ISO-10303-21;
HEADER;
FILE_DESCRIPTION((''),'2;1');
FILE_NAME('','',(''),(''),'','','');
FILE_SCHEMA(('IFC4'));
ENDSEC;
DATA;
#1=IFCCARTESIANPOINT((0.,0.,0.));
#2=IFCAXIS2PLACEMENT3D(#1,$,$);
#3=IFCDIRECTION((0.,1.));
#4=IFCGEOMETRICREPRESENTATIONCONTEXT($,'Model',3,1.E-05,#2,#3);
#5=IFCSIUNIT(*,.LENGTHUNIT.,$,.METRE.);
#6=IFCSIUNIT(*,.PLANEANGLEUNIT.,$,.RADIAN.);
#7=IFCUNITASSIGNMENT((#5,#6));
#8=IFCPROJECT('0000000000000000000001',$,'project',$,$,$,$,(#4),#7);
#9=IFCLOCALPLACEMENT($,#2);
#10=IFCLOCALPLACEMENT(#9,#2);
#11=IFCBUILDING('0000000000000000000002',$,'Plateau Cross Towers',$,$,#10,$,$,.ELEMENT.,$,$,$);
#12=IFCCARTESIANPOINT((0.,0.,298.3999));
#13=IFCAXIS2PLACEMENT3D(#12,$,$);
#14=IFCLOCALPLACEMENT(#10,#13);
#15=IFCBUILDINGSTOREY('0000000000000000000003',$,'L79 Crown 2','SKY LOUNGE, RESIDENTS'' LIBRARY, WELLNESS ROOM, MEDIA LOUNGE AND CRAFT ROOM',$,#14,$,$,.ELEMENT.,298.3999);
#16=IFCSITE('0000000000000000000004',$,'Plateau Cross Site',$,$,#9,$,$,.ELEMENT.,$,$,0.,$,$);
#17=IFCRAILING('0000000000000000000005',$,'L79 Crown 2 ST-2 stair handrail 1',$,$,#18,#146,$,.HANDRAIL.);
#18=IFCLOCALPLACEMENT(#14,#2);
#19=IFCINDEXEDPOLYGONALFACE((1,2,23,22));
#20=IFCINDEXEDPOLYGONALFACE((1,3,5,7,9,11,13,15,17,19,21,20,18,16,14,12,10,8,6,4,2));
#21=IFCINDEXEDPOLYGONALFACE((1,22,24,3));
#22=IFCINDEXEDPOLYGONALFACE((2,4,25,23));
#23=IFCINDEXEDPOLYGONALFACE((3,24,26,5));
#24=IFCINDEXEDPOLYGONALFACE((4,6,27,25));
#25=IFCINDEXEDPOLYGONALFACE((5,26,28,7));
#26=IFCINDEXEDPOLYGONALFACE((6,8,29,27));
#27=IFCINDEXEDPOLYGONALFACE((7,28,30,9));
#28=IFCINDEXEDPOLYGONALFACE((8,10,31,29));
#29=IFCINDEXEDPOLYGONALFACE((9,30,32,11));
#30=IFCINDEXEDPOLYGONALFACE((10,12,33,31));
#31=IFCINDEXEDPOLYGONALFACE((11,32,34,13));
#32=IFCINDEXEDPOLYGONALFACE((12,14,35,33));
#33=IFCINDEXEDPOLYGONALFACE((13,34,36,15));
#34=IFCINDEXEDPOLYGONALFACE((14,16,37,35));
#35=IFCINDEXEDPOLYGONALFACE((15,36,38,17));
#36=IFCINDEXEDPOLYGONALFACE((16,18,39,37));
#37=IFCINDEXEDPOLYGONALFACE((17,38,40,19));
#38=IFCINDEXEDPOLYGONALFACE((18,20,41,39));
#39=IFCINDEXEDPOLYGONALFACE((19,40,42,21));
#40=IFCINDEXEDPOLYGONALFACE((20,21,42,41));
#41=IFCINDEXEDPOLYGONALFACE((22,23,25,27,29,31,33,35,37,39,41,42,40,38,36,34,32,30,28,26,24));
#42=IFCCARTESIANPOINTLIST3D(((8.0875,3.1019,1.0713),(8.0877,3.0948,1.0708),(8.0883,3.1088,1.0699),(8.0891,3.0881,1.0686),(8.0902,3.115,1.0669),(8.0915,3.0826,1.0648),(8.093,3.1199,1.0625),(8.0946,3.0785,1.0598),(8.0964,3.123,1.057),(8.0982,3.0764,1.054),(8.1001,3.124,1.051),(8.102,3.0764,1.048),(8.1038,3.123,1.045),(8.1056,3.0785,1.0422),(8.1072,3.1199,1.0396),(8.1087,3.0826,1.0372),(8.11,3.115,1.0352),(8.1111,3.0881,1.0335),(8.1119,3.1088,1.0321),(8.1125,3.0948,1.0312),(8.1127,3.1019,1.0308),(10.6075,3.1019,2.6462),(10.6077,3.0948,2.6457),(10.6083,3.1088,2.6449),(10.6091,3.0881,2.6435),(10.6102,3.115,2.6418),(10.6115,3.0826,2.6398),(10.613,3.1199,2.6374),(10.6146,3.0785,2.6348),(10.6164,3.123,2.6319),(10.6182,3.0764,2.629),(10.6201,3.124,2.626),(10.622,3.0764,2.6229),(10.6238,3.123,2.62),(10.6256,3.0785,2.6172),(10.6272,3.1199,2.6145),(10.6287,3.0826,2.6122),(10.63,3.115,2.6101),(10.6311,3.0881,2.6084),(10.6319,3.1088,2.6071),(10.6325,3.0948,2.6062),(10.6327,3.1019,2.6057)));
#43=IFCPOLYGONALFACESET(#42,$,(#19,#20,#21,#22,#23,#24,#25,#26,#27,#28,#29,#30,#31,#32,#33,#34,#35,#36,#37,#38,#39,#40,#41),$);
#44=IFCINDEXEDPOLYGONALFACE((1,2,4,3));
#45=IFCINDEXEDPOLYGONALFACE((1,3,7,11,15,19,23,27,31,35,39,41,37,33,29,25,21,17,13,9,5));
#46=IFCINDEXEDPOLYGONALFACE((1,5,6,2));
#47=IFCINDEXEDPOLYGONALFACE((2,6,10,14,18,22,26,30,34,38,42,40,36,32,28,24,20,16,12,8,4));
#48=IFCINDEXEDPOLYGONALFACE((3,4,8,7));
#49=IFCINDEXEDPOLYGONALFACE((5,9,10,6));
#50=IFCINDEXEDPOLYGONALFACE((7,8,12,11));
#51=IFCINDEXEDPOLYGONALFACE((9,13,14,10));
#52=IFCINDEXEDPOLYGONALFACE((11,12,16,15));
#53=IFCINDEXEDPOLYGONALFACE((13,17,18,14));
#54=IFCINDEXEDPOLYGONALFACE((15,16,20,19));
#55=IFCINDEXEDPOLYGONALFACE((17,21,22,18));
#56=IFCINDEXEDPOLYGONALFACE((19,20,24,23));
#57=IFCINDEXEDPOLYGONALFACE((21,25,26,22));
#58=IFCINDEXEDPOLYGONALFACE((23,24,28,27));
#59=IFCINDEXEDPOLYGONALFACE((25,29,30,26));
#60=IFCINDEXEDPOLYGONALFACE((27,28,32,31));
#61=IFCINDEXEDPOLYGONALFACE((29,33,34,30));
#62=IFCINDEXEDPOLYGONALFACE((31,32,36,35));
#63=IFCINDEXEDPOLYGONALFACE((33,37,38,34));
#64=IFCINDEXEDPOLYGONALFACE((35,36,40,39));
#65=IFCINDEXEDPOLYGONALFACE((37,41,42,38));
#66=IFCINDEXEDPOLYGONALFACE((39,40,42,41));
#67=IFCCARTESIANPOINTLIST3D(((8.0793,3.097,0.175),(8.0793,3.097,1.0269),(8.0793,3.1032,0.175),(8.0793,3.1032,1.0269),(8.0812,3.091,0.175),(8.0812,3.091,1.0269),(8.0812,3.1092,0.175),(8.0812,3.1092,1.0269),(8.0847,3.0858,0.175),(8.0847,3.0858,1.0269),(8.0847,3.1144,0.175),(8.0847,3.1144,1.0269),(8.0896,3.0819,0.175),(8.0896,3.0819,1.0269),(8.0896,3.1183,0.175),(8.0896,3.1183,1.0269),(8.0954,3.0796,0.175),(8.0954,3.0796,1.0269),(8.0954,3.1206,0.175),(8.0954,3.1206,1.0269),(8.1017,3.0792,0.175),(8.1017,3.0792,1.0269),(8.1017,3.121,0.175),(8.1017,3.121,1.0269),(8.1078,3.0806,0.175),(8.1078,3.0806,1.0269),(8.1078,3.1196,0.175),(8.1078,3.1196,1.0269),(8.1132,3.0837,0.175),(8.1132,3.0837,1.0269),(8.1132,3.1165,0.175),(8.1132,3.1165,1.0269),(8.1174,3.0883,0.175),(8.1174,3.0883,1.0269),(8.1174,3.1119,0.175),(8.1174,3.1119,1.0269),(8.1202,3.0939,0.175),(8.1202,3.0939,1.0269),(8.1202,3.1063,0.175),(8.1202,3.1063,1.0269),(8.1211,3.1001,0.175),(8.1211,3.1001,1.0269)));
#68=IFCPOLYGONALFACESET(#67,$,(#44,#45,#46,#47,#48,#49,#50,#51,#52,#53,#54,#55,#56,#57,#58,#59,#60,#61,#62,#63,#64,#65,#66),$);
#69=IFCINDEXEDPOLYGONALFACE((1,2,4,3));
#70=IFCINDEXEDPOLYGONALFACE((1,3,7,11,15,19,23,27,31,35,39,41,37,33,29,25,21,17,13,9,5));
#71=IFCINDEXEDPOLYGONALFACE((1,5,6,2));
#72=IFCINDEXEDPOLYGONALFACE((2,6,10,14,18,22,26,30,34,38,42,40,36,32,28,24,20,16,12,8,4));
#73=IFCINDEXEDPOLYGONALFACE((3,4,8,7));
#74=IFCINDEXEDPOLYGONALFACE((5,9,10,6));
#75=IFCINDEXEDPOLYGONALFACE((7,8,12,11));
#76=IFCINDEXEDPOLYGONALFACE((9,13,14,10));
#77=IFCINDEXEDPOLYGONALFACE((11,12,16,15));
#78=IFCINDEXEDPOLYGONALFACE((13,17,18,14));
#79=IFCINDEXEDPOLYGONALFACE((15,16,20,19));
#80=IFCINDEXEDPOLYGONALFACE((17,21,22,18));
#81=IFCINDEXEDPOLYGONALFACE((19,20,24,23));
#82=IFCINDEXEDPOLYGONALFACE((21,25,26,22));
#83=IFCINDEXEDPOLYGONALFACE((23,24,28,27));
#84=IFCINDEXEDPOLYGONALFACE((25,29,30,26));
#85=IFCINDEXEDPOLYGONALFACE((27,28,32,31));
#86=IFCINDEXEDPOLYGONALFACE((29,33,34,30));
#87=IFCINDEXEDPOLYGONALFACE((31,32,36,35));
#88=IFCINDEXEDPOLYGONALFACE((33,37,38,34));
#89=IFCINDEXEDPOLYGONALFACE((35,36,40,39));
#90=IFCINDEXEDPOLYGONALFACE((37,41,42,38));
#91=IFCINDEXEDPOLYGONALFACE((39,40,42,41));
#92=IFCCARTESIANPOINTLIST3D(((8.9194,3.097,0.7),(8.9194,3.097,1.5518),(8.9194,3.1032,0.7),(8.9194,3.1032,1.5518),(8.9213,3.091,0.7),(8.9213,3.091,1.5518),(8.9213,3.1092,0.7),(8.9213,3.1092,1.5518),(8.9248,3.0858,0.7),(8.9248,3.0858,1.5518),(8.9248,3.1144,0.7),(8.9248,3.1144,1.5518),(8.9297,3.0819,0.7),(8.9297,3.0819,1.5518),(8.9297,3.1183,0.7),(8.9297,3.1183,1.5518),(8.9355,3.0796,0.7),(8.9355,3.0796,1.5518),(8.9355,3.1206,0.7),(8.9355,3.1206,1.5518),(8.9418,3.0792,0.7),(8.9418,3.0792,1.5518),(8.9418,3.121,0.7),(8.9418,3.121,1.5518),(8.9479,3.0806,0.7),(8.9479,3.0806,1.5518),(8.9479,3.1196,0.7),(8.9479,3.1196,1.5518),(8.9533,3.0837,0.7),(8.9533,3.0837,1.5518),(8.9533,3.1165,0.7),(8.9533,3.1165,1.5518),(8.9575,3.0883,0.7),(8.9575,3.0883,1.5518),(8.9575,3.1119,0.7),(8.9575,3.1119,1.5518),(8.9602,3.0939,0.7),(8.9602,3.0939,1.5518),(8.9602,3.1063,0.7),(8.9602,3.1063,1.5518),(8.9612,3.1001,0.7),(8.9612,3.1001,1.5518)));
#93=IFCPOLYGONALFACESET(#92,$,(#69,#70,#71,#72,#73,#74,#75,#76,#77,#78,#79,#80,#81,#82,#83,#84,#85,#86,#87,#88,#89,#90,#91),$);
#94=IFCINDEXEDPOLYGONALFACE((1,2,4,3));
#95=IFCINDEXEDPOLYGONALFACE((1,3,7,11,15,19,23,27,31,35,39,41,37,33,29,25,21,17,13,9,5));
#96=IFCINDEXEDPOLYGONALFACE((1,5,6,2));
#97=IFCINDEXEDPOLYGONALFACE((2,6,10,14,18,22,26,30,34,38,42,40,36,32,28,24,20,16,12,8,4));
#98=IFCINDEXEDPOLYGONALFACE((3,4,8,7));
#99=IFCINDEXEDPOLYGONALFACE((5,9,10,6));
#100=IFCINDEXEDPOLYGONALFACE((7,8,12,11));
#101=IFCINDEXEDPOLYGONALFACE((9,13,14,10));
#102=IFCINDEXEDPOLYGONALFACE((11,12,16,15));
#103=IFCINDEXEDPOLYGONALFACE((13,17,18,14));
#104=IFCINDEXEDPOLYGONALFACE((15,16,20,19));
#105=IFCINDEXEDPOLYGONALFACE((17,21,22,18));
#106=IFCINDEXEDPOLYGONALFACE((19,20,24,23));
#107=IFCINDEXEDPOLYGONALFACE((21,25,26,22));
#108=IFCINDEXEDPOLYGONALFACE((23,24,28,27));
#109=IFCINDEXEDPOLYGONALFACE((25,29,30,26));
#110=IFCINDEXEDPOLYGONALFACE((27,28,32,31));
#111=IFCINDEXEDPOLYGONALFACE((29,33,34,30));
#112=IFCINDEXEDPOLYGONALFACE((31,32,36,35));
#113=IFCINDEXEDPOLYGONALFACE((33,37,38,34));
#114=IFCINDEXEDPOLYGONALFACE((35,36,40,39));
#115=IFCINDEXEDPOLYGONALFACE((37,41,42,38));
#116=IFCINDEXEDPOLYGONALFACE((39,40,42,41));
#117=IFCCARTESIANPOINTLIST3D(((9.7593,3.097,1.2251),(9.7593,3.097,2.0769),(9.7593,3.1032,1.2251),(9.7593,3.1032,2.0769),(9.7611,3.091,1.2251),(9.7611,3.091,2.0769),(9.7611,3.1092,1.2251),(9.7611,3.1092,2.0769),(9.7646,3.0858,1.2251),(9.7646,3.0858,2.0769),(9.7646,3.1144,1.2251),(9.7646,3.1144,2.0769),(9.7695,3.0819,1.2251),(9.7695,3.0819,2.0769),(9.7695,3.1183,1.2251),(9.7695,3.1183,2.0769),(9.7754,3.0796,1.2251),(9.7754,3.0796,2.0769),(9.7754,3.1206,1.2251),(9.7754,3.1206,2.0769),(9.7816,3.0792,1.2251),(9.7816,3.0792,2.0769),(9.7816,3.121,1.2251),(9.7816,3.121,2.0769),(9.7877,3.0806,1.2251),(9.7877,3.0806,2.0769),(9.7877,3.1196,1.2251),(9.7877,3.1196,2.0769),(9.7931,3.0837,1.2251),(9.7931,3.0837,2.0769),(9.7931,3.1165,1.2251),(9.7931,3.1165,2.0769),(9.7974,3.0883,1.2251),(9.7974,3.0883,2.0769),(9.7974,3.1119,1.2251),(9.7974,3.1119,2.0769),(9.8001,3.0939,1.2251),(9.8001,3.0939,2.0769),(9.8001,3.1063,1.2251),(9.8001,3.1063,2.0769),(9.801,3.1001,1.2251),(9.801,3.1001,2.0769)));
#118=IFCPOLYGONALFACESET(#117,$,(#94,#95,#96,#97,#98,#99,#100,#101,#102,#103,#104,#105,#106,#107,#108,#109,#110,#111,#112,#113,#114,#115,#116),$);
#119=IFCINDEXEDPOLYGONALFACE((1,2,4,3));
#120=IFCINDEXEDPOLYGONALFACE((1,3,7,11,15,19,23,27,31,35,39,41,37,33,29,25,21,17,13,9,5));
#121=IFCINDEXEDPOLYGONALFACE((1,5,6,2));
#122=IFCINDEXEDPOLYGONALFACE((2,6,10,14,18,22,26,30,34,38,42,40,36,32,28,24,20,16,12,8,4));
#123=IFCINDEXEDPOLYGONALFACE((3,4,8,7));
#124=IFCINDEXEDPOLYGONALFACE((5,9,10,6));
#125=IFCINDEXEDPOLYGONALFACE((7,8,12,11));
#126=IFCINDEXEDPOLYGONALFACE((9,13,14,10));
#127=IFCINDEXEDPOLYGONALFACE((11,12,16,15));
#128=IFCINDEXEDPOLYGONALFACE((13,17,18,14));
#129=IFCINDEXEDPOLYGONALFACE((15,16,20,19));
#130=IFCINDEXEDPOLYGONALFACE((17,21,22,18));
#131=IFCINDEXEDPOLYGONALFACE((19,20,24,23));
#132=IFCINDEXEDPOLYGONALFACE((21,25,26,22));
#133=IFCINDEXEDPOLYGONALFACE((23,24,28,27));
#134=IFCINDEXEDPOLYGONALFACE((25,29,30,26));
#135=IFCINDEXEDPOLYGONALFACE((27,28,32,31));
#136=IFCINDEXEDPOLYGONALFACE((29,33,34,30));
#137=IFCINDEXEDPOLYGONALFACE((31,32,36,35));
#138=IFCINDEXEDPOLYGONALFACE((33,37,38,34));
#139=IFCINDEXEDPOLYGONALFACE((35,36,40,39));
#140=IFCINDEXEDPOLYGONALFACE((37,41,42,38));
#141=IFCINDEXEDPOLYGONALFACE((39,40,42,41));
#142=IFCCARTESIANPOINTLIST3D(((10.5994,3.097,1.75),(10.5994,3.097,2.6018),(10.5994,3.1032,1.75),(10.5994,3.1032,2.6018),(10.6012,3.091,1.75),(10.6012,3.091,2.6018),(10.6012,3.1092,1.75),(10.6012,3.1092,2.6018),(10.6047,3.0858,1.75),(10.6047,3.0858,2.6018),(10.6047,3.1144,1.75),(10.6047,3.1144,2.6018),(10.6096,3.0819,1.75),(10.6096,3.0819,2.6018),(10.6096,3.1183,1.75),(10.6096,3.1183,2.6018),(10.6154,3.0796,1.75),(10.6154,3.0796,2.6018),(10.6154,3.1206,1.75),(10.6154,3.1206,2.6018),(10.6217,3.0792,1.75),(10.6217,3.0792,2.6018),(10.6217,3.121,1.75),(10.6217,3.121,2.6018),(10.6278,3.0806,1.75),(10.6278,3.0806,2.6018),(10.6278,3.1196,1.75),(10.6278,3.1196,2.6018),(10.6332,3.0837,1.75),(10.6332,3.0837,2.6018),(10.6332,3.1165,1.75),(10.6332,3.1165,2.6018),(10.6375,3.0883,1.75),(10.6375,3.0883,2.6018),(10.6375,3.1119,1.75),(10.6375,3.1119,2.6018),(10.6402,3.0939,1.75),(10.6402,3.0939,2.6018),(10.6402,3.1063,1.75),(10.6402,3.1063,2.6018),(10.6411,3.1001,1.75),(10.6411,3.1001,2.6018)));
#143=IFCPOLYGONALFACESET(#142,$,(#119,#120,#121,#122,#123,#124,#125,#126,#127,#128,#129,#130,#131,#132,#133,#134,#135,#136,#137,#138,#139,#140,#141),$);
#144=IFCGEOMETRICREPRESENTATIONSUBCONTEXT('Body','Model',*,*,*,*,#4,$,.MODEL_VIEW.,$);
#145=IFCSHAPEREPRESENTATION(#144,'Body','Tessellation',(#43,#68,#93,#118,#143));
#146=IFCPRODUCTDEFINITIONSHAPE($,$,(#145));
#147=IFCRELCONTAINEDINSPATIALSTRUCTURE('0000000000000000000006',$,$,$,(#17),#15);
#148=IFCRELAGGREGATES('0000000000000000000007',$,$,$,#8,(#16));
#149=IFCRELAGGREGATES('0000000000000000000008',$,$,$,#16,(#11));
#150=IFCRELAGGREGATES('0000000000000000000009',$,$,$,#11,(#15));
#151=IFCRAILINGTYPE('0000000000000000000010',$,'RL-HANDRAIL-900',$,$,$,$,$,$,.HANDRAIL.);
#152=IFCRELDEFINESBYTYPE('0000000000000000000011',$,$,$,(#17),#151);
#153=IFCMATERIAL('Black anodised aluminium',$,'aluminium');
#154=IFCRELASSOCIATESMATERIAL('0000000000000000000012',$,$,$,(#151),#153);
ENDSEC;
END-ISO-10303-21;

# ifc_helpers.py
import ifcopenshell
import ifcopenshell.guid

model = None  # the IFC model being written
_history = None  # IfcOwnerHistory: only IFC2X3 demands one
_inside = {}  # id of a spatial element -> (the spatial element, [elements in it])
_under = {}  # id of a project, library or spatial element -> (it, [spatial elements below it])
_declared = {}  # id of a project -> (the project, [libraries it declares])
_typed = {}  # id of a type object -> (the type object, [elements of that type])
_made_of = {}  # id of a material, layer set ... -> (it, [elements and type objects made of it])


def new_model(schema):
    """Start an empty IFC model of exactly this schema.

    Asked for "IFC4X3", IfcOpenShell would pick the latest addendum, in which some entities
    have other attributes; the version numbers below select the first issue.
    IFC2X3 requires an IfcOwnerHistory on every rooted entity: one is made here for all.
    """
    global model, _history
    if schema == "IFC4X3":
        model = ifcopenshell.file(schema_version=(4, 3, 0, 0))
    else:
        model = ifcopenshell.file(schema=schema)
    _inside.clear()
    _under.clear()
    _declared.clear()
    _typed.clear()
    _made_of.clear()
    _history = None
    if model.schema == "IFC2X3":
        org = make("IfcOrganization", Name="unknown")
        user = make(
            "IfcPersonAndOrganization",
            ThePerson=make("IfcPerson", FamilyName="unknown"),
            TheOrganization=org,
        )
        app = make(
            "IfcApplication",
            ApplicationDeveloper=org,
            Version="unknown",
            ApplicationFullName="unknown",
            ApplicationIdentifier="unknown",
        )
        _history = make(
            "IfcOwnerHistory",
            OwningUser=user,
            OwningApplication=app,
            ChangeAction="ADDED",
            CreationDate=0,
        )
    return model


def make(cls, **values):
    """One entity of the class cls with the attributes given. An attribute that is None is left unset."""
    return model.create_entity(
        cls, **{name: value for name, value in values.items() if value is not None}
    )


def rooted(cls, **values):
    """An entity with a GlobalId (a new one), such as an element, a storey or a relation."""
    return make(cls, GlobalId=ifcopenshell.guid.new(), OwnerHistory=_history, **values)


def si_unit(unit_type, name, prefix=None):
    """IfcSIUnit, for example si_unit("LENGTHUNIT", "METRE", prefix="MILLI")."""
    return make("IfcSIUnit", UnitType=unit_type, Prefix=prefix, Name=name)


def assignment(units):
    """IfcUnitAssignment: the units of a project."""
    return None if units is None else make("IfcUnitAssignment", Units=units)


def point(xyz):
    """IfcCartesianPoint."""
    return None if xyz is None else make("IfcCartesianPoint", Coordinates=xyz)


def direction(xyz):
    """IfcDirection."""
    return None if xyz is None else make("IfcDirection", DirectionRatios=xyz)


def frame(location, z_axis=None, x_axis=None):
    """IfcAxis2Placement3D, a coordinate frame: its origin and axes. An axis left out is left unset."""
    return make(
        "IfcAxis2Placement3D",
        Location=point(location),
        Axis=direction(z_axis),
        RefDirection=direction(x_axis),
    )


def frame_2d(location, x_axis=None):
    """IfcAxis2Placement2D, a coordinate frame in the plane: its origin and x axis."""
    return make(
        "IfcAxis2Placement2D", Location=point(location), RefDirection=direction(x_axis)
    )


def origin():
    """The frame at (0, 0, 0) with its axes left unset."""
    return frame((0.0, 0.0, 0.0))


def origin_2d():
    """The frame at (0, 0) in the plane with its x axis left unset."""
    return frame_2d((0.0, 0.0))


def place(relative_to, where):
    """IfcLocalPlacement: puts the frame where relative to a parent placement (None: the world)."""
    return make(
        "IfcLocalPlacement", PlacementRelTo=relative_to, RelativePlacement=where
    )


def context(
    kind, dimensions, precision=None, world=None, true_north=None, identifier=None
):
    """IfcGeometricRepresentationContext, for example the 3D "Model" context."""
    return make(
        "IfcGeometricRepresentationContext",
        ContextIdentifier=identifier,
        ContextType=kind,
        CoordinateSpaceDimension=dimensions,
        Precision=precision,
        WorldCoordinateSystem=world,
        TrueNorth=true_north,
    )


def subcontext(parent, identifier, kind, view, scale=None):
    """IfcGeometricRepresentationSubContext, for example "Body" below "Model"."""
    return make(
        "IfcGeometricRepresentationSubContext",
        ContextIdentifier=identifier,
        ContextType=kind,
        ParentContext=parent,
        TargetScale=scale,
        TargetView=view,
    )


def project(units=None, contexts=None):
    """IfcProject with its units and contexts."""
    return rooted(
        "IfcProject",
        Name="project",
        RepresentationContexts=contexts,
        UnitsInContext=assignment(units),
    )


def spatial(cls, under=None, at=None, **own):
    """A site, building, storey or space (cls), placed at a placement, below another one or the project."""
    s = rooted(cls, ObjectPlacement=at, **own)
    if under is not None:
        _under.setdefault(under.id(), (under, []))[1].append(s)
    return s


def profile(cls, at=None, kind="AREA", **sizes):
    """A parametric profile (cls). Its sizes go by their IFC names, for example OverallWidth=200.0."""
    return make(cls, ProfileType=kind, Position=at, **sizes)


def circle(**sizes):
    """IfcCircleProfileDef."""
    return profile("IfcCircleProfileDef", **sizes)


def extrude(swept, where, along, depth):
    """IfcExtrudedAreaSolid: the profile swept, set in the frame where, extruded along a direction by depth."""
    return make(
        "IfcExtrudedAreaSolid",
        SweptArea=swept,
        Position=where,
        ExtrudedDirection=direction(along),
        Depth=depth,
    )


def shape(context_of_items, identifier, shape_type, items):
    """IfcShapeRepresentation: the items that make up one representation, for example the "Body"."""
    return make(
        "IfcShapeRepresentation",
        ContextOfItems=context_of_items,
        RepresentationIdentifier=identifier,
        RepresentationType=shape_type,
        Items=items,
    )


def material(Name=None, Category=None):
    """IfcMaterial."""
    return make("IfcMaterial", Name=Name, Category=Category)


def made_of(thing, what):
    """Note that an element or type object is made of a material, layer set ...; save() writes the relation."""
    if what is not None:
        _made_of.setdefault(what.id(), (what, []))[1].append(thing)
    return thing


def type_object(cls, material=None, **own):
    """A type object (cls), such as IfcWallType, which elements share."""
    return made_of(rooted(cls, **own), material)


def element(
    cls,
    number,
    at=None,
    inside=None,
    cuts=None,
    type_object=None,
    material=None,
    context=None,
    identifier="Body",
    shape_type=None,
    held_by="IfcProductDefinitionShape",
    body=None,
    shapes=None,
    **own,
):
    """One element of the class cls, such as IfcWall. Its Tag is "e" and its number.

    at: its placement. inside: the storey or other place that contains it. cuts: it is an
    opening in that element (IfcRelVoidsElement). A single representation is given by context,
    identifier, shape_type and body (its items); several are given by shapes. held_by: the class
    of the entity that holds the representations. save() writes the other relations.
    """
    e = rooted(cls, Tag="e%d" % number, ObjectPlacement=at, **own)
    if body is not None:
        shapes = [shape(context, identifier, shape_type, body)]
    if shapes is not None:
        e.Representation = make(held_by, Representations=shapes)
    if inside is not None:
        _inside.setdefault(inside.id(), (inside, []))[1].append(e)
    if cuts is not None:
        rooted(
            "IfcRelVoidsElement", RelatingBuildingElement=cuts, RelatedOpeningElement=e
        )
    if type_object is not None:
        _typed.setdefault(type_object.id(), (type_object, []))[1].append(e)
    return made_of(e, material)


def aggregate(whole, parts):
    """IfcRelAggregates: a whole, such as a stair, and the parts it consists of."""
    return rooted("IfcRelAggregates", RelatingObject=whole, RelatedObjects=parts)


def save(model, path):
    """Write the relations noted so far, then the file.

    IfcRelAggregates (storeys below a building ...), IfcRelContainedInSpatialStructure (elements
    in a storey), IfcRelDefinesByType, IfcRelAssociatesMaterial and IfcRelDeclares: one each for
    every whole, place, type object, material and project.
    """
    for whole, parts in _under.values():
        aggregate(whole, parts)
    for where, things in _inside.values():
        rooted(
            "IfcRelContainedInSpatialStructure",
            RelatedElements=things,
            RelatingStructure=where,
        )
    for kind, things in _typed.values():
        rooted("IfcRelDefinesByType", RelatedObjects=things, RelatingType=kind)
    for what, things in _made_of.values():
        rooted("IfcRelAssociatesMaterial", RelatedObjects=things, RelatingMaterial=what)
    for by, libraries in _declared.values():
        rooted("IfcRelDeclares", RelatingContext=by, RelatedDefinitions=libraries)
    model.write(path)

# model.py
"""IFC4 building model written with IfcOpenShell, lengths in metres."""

from ifc_helpers import new_model, si_unit, direction, frame, origin, origin_2d, place, context, subcontext, project, spatial, circle, extrude, material, type_object, element, save


model = new_model("IFC4")

# Units and contexts
model_context = context("Model", 3, precision=1e-05, world=origin(), true_north=direction((0.0, 1.0)))
body_context = subcontext(model_context, "Body", "Model", "MODEL_VIEW")
ifc_project = project(units=[si_unit("LENGTHUNIT", "METRE"), si_unit("PLANEANGLEUNIT", "RADIAN")], contexts=[model_context])

# Site, building, storey
site_placement = place(None, origin())
site = spatial("IfcSite", under=ifc_project, at=site_placement, Name="Plateau Cross Site", CompositionType="ELEMENT", RefElevation=0.0)
building_placement = place(site_placement, origin())
building = spatial("IfcBuilding", under=site, at=building_placement, Name="Plateau Cross Towers", CompositionType="ELEMENT")
storey_placement = place(building_placement, frame((0.0, 0.0, 298.3999)))
storey = spatial("IfcBuildingStorey", under=building, at=storey_placement, Name="L79 Crown 2", Description="SKY LOUNGE, RESIDENTS' LIBRARY, WELLNESS ROOM, MEDIA LOUNGE AND CRAFT ROOM", CompositionType="ELEMENT", Elevation=298.3999)

# Shared definitions
ifc_material_1 = material(Name="Black anodised aluminium", Category="aluminium")

# Railing
railing_type_1 = type_object("IfcRailingType", Name="RL-HANDRAIL-900", PredefinedType="HANDRAIL", material=ifc_material_1)
railing_1_placement = place(storey_placement, frame((8.1001, 3.1001, 0.175)))
element("IfcRailing", 1, at=railing_1_placement, inside=storey, type_object=railing_type_1, Name="L79 Crown 2 ST-2 stair handrail 1", PredefinedType="HANDRAIL", context=body_context, shape_type="SweptSolid", body=[
    extrude(circle(Radius=0.0239, at=origin_2d()), frame((0.0, 0.0, 0.876), z_axis=(0.848008, 0.0, 0.529984), x_axis=(0.0, 1.0, 0.0)), (0.0, 0.0, 1.0), 2.9717),
    extrude(circle(Radius=0.021, at=origin_2d()), origin(), (0.0, 0.0, 1.0), 0.8518),
    extrude(circle(Radius=0.021, at=origin_2d()), frame((0.8401, 0.0, 0.5249)), (0.0, 0.0, 1.0), 0.8518),
    extrude(circle(Radius=0.021, at=origin_2d()), frame((1.6799, 0.0, 1.05)), (0.0, 0.0, 1.0), 0.8518),
    extrude(circle(Radius=0.021, at=origin_2d()), frame((2.52, 0.0, 1.575)), (0.0, 0.0, 1.0), 0.8518),
])

save(model, "model.ifc")
